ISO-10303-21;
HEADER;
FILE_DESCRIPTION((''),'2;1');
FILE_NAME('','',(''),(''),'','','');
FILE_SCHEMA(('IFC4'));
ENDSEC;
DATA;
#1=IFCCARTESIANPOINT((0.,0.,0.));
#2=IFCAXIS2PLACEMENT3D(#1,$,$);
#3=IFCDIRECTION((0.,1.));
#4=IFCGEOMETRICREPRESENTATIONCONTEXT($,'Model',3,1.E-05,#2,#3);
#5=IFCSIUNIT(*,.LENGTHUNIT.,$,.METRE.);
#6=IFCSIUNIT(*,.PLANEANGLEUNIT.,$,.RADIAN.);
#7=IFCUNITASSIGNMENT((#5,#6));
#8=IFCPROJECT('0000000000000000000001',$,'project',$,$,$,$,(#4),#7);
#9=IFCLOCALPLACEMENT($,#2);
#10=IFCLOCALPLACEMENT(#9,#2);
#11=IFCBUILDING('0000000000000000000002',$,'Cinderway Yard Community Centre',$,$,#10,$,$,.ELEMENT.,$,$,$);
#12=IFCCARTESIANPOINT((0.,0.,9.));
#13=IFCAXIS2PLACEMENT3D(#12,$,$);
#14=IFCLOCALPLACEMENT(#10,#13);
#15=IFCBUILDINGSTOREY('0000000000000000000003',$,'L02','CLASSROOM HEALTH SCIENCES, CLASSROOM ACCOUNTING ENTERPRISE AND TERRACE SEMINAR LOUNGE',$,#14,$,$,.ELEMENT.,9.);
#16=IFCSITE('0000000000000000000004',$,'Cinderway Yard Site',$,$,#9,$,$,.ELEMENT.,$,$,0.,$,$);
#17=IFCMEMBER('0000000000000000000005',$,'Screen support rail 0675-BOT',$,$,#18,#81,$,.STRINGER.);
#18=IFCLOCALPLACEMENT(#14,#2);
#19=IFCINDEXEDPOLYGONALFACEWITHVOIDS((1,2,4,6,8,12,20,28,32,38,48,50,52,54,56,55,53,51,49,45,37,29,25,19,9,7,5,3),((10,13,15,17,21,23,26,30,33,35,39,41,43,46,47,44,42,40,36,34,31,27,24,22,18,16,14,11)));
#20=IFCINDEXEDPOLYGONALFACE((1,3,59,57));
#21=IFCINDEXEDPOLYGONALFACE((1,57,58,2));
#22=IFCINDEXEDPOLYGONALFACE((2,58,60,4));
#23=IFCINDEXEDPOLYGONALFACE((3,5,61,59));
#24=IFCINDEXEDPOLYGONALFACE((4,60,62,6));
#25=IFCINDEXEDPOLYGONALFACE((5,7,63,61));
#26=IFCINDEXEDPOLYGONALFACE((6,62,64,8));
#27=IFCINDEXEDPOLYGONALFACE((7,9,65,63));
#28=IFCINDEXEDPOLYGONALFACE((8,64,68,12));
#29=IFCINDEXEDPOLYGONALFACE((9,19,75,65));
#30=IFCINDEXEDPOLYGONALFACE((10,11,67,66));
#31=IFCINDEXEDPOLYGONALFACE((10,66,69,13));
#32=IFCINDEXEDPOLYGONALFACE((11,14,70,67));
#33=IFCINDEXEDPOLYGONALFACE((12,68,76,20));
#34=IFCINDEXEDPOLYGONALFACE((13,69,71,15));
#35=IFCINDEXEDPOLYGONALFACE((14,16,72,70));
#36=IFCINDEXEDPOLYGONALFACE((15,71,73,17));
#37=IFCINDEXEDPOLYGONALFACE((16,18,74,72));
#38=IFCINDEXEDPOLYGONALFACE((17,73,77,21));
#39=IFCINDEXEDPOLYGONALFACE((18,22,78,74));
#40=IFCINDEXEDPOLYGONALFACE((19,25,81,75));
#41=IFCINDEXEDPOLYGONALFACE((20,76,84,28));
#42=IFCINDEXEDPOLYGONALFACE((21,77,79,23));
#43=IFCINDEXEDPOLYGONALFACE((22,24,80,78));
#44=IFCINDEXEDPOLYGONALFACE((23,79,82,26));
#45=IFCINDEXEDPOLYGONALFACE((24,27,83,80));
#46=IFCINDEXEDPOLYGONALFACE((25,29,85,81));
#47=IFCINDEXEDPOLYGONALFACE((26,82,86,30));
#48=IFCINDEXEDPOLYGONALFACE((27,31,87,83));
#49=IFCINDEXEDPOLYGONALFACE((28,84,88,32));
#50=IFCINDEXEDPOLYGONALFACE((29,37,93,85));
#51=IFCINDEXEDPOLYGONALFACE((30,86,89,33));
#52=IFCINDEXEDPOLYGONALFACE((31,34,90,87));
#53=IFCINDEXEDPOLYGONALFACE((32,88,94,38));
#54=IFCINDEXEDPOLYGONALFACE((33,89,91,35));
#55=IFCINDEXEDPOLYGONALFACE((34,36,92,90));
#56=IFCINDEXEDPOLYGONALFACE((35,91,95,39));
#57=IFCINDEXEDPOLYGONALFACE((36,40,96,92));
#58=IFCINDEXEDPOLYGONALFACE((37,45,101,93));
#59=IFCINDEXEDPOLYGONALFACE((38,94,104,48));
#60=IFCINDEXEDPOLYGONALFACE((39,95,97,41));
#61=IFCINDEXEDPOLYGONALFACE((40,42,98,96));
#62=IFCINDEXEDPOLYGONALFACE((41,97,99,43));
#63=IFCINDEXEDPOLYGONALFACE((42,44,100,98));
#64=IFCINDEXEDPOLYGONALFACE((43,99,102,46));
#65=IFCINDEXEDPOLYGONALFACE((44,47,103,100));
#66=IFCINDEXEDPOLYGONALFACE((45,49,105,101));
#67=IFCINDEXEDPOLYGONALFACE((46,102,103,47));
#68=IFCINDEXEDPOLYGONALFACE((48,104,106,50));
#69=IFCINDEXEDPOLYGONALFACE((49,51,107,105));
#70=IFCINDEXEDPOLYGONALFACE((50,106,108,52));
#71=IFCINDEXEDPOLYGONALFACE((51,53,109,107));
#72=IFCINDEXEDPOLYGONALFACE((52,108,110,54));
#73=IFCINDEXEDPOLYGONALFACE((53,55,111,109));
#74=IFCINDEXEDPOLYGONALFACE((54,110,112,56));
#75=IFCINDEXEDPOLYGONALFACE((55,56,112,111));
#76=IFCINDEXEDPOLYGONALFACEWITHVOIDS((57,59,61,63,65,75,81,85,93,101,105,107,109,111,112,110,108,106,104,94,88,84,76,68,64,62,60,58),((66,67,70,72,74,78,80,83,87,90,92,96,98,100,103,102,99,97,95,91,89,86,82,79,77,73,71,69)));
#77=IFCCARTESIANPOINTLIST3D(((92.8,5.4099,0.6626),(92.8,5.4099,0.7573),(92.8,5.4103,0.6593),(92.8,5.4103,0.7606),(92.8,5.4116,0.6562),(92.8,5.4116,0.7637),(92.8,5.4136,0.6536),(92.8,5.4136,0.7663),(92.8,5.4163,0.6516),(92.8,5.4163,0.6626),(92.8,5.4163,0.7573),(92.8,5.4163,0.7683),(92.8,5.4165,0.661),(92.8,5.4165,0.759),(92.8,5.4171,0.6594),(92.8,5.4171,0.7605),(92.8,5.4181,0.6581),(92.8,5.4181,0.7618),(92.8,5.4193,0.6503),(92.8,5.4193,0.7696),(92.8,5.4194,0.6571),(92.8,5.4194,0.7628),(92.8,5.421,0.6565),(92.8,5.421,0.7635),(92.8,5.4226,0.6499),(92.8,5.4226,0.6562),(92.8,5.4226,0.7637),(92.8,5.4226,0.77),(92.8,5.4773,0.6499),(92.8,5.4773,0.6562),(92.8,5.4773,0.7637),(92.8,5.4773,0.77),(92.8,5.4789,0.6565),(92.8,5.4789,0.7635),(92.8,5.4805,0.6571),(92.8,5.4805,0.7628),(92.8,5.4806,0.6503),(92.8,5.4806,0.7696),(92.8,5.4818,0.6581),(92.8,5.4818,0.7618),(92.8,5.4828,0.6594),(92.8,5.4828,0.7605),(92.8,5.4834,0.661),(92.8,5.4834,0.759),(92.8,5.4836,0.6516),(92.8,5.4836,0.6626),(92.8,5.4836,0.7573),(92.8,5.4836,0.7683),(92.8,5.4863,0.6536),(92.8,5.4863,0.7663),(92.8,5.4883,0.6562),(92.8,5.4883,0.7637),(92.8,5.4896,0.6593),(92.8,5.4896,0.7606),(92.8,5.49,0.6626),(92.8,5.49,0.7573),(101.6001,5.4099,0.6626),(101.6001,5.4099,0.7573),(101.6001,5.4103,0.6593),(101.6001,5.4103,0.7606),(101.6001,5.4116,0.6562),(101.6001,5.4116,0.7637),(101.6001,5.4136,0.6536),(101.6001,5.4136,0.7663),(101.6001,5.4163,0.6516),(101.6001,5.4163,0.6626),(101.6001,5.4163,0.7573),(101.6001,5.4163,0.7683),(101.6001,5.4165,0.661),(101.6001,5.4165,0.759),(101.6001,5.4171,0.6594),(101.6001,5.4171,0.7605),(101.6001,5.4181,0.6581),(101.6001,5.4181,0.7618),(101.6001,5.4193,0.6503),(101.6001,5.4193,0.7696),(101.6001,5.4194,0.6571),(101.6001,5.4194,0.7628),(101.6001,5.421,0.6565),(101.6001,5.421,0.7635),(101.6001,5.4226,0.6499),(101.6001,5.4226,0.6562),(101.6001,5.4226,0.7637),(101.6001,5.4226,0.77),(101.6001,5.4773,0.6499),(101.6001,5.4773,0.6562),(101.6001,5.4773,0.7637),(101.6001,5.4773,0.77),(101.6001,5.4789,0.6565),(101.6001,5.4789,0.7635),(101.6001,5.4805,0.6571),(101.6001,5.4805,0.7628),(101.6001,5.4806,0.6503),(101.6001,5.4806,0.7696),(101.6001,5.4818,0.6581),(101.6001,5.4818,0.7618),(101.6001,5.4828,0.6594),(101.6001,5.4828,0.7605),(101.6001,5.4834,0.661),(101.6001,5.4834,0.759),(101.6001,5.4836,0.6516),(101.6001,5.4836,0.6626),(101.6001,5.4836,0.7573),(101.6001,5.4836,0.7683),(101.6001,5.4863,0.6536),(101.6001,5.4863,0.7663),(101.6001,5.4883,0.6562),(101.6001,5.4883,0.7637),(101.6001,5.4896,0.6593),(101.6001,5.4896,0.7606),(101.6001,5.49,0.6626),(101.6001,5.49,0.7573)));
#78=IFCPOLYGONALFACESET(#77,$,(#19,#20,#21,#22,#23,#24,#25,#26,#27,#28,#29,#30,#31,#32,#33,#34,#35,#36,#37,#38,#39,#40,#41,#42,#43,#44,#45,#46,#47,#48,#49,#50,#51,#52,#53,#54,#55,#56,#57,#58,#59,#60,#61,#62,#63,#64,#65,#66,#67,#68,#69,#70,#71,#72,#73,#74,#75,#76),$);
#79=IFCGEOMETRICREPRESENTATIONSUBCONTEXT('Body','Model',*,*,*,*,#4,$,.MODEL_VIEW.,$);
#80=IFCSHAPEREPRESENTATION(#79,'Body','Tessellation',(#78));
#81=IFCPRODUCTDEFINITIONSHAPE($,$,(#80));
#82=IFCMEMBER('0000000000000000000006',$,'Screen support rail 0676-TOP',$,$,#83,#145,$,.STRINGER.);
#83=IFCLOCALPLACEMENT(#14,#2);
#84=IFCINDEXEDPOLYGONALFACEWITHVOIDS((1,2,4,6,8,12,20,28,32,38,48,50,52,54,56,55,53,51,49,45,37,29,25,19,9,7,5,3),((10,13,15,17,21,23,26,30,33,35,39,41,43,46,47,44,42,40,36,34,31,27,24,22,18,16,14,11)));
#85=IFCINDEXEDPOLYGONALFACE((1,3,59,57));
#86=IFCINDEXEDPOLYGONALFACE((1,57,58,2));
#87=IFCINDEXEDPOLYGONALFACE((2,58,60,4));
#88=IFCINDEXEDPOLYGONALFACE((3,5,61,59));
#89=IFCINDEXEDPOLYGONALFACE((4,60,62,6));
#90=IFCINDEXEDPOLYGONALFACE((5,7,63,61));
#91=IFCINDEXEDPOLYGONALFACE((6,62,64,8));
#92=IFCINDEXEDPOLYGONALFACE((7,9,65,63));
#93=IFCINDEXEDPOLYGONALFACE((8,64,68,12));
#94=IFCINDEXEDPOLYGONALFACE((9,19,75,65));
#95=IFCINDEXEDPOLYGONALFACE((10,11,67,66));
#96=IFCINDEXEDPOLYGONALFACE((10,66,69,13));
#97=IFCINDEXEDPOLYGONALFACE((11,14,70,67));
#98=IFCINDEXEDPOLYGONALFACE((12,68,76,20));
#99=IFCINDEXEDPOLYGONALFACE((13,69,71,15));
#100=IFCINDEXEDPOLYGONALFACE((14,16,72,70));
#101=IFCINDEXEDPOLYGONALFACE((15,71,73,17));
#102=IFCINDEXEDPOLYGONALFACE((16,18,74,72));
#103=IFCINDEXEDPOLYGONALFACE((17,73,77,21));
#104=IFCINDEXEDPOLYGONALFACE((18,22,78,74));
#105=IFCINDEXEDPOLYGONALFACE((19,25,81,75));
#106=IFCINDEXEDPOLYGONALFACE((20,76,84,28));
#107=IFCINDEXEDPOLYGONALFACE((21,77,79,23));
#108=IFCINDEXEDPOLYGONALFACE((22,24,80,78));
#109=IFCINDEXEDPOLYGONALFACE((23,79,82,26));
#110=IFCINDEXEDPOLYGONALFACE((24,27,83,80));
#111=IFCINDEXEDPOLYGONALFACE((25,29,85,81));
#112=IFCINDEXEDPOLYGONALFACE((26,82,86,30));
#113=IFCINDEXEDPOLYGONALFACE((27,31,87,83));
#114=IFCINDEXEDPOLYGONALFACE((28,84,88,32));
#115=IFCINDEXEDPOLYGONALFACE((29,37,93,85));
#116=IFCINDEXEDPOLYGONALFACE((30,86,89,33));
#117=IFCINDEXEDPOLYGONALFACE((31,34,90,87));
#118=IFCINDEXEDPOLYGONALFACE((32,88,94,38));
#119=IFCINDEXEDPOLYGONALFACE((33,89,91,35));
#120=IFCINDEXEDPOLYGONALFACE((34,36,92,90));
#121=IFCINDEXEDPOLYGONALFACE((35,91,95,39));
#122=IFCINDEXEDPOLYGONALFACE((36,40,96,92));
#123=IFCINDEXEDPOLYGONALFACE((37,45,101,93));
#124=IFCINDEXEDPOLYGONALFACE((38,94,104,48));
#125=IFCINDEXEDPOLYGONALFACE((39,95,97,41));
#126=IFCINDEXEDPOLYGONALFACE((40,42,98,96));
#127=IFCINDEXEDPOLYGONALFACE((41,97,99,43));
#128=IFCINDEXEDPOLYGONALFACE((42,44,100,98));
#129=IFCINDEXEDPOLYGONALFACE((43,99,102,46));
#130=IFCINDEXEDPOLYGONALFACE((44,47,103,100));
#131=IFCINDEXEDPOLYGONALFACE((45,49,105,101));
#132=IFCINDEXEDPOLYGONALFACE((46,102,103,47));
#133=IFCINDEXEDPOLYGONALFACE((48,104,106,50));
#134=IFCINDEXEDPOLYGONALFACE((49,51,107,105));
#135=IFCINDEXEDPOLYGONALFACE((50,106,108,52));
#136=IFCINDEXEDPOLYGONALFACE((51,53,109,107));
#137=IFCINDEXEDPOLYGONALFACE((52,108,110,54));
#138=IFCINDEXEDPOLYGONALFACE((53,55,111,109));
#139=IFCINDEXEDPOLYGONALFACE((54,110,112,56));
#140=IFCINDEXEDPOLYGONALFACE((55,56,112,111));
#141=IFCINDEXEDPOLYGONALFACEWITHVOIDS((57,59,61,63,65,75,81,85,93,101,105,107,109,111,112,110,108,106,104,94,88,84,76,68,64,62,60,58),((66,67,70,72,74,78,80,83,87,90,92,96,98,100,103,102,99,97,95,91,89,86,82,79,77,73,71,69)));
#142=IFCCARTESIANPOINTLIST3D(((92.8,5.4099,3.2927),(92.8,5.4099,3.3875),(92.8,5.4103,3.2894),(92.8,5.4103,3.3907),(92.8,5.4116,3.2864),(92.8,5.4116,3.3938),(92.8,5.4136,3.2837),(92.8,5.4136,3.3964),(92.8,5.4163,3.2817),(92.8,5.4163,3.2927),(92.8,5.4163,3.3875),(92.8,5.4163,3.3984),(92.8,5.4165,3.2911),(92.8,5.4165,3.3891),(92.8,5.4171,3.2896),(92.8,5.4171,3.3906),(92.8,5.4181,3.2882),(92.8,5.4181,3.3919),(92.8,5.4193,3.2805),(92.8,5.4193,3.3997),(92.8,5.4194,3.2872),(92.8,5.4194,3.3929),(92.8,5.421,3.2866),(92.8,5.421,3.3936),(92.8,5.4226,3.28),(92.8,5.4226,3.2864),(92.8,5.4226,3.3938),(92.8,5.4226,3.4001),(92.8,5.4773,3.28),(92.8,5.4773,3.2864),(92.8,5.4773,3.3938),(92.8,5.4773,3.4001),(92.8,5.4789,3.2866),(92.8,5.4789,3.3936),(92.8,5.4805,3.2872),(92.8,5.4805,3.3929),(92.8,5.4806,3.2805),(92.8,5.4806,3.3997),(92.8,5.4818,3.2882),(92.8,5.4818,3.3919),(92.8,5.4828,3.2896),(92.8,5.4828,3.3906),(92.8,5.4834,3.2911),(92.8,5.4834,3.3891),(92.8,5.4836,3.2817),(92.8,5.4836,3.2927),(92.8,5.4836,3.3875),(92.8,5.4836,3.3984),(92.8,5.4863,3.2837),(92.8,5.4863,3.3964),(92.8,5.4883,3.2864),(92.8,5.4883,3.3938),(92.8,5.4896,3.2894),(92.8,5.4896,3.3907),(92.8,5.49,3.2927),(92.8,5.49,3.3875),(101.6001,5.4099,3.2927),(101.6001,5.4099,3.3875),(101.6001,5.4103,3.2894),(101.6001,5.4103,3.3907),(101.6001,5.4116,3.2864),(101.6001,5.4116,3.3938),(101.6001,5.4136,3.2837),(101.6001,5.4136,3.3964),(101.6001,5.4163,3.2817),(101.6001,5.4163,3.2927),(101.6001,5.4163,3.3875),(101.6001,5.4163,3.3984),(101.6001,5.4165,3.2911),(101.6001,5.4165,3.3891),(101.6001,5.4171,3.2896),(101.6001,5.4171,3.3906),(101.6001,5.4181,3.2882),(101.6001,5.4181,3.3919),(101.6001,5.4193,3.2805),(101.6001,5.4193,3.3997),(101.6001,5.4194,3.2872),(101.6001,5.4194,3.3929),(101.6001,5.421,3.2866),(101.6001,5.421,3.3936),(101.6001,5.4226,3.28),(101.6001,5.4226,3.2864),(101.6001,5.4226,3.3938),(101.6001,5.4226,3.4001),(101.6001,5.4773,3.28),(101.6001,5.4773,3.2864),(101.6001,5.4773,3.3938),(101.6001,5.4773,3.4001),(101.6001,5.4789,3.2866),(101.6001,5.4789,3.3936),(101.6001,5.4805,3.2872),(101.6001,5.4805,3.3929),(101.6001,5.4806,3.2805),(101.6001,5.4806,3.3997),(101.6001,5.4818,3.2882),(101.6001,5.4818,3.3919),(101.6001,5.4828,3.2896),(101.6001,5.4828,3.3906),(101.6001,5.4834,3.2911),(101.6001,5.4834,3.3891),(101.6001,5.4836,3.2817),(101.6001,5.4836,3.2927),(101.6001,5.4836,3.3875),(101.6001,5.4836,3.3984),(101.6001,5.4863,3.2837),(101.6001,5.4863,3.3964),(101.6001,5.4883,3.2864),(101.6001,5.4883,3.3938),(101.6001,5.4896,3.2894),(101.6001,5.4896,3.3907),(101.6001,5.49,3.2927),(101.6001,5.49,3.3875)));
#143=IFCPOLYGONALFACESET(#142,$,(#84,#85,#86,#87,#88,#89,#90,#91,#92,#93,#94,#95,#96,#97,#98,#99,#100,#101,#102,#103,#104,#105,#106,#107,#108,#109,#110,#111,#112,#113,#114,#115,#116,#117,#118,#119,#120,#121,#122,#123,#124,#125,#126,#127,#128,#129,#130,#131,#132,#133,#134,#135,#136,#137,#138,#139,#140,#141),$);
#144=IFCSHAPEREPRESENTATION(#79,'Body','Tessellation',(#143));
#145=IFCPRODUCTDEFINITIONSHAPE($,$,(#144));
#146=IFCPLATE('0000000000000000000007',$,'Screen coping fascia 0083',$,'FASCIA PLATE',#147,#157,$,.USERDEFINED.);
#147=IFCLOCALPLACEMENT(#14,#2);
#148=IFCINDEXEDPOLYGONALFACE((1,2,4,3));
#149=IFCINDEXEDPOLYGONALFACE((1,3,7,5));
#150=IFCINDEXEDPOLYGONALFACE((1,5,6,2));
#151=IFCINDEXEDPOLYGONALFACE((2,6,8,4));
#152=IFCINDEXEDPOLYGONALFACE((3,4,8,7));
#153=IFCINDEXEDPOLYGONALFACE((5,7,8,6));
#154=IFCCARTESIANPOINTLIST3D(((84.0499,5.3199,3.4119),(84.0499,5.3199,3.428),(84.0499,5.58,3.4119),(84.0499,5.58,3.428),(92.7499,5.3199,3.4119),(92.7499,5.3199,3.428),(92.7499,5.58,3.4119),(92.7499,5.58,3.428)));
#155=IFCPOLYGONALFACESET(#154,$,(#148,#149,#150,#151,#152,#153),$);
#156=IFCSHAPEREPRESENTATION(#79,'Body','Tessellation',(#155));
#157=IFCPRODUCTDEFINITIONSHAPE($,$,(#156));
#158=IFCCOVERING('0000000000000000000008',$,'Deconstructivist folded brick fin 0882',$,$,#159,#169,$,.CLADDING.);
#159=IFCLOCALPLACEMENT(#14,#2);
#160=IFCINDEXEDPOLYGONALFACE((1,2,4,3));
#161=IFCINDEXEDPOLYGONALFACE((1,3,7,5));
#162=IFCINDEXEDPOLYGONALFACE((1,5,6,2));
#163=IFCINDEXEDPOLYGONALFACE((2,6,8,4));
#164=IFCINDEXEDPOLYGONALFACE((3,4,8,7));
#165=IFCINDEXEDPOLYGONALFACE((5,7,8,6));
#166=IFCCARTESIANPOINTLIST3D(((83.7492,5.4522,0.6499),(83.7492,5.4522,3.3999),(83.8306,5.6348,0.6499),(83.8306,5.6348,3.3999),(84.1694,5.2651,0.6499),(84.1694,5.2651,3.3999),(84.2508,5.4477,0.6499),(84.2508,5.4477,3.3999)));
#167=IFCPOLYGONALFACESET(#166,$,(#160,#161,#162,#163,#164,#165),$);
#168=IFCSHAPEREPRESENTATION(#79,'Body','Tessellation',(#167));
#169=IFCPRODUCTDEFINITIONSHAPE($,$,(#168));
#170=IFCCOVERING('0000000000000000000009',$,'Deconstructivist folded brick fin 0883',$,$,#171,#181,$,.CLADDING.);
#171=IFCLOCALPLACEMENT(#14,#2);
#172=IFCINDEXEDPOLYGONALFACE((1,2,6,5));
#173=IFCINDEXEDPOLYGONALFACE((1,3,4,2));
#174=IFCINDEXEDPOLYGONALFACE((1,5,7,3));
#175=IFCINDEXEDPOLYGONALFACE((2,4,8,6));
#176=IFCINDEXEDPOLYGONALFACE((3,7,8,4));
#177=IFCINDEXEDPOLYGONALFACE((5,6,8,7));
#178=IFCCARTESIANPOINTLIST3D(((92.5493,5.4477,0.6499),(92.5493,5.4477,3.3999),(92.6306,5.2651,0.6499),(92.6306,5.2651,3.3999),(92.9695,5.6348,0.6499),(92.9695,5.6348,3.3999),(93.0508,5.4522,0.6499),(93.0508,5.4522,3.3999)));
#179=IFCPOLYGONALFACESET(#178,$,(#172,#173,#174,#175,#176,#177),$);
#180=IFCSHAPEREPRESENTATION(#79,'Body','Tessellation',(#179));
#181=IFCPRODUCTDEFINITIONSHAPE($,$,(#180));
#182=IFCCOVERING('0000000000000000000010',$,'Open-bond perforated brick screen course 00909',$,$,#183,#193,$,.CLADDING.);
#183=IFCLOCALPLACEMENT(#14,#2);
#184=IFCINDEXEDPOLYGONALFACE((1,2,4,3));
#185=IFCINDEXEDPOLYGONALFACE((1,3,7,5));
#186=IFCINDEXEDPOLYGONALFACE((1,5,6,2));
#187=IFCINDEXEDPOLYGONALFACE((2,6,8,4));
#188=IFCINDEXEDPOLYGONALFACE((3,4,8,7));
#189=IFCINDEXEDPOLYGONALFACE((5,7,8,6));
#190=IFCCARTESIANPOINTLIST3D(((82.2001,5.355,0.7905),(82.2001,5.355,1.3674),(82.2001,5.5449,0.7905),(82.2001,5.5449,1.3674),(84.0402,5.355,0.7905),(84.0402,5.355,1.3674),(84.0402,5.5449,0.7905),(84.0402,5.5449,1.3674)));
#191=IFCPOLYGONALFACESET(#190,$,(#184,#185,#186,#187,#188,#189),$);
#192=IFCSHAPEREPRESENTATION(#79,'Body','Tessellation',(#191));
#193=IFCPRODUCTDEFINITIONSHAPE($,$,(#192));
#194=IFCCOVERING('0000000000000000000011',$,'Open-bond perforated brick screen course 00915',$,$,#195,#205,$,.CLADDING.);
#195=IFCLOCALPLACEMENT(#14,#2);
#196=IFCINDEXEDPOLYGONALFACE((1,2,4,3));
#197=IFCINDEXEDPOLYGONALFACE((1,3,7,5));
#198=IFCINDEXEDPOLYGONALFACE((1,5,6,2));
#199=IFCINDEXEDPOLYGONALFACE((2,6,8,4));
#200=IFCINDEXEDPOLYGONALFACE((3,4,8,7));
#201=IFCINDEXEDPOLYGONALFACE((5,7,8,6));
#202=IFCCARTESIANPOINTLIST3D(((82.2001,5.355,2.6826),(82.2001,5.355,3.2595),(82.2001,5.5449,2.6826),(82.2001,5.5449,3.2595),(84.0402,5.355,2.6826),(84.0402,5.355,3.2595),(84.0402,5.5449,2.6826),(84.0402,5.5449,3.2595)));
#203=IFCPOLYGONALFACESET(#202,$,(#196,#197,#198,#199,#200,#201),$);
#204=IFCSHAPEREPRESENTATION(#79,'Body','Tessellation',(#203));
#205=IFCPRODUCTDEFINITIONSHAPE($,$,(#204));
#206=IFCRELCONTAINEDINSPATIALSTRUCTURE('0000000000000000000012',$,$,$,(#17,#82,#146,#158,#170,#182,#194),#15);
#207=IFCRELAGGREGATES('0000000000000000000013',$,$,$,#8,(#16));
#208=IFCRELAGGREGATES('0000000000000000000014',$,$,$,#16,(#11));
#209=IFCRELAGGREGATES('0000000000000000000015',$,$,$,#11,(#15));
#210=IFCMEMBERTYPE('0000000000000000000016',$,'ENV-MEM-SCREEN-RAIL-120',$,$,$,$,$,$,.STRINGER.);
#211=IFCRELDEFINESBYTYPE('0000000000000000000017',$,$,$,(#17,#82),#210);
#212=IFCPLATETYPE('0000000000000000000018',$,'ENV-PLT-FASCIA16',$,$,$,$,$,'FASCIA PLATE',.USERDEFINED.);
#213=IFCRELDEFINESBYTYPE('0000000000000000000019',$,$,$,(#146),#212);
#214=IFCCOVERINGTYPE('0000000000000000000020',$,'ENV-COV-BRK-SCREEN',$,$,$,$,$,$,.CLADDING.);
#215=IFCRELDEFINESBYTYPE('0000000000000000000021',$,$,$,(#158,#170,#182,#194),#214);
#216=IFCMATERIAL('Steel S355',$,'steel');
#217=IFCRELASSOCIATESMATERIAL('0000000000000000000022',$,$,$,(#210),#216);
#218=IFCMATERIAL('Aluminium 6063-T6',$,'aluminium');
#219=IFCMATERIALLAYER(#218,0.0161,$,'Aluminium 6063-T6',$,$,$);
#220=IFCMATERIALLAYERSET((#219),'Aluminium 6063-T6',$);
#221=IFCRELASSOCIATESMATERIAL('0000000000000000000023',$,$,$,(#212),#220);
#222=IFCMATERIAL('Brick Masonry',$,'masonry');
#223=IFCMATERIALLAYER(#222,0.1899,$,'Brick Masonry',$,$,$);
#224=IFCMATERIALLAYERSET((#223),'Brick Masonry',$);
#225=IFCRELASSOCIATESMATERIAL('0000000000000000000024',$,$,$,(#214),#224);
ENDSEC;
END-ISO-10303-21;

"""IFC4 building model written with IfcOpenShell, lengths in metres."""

from ifc_helpers import new_model, si_unit, direction, frame, origin, origin_2d, place, context, subcontext, project, spatial, rectangle, hollow_rectangle, extrude, material, layer, layer_set, material_profile, profile_set, type_object, element, save


model = new_model("IFC4")

# Units and contexts
model_context = context("Model", 3, precision=1e-05, world=origin(), true_north=direction((0.0, 1.0)))
body_context = subcontext(model_context, "Body", "Model", "MODEL_VIEW")
ifc_project = project(units=[si_unit("LENGTHUNIT", "METRE"), si_unit("PLANEANGLEUNIT", "RADIAN")], contexts=[model_context])

# Site, building, storey
site_placement = place(None, origin())
site = spatial("IfcSite", under=ifc_project, at=site_placement, Name="Cinderway Yard Site", CompositionType="ELEMENT", RefElevation=0.0)
building_placement = place(site_placement, origin())
building = spatial("IfcBuilding", under=site, at=building_placement, Name="Cinderway Yard Community Centre", CompositionType="ELEMENT")
storey_placement = place(building_placement, frame((0.0, 0.0, 9.0)))
storey = spatial("IfcBuildingStorey", under=building, at=storey_placement, Name="L02", Description="CLASSROOM HEALTH SCIENCES, CLASSROOM ACCOUNTING ENTERPRISE AND TERRACE SEMINAR LOUNGE", CompositionType="ELEMENT", Elevation=9.0)

# Members
ifc_material_1 = material(Name="Steel S355", Category="steel")
ifc_material_profile = material_profile(ifc_material_1, hollow_rectangle(XDim=0.0801, YDim=0.1201, WallThickness=0.0063, InnerFilletRadius=0.0063, OuterFilletRadius=0.0127, at=origin_2d()), Name="Steel S355")
ifc_profile_set = profile_set([ifc_material_profile], Name="Steel S355")
member_type = type_object("IfcMemberType", Name="ENV-MEM-SCREEN-RAIL-120", PredefinedType="STRINGER", material=ifc_profile_set)
for number, where, z_axis, x_axis, name in (
    (1, (92.8, 5.45, 0.71), (1.0, 0.0, 0.0), (0.0, 1.0, 0.0), "Screen support rail 0675-BOT"),
    (2, (92.8, 5.45, 3.3401), (1.0, 0.0, 0.0), (0.0, 1.0, 0.0), "Screen support rail 0676-TOP"),
):
    element("IfcMember", number, at=place(storey_placement, frame(where, z_axis=z_axis, x_axis=x_axis)), inside=storey, type_object=member_type, Name=name, PredefinedType="STRINGER", context=body_context, shape_type="SweptSolid", body=[
        extrude(hollow_rectangle(XDim=0.0801, YDim=0.1201, WallThickness=0.0063, InnerFilletRadius=0.0063, OuterFilletRadius=0.0127, at=origin_2d()), origin(), (0.0, 0.0, 1.0), 8.8),
    ])

# Plate
ifc_material_2 = material(Name="Aluminium 6063-T6", Category="aluminium")
ifc_layer_1 = layer(ifc_material_2, 0.0161, Name="Aluminium 6063-T6")
ifc_layer_set_1 = layer_set([ifc_layer_1], Name="Aluminium 6063-T6")
plate_type = type_object("IfcPlateType", Name="ENV-PLT-FASCIA16", ElementType="FASCIA PLATE", PredefinedType="USERDEFINED", material=ifc_layer_set_1)
plate_placement = place(storey_placement, frame((88.3999, 5.45, 3.4119), z_axis=(0.0, 0.0, 1.0), x_axis=(-1.0, 0.0, 0.0)))
element("IfcPlate", 3, at=plate_placement, inside=storey, type_object=plate_type, Name="Screen coping fascia 0083", ObjectType="FASCIA PLATE", PredefinedType="USERDEFINED", context=body_context, shape_type="SweptSolid", body=[
    extrude(rectangle(XDim=8.7, YDim=0.26, at=origin_2d()), origin(), (0.0, 0.0, 1.0), 0.0161),
])

# Coverings
ifc_material_3 = material(Name="Brick Masonry", Category="masonry")
ifc_layer_2 = layer(ifc_material_3, 0.1899, Name="Brick Masonry")
ifc_layer_set_2 = layer_set([ifc_layer_2], Name="Brick Masonry")
covering_type = type_object("IfcCoveringType", Name="ENV-COV-BRK-SCREEN", PredefinedType="CLADDING", material=ifc_layer_set_2)
for number, where, z_axis, x_axis, name in (
    (4, (84.0, 5.45, 0.6499), (0.0, 0.0, 1.0), (-0.913545, 0.406737, 0.0), "Deconstructivist folded brick fin 0882"),
    (5, (92.8, 5.45, 0.6499), (0.0, 0.0, 1.0), (-0.913545, -0.406737, 0.0), "Deconstructivist folded brick fin 0883"),
):
    element("IfcCovering", number, at=place(storey_placement, frame(where, z_axis=z_axis, x_axis=x_axis)), inside=storey, type_object=covering_type, Name=name, PredefinedType="CLADDING", context=body_context, shape_type="SweptSolid", body=[
        extrude(rectangle(XDim=0.46, YDim=0.2, at=origin_2d()), origin(), (0.0, 0.0, 1.0), 2.75),
    ])
for number, where, z_axis, x_axis, name in (
    (6, (83.1201, 5.45, 0.7905), (0.0, 0.0, 1.0), (-1.0, 0.0, 0.0), "Open-bond perforated brick screen course 00909"),
    (7, (83.1201, 5.45, 2.6826), (0.0, 0.0, 1.0), (-1.0, 0.0, 0.0), "Open-bond perforated brick screen course 00915"),
):
    element("IfcCovering", number, at=place(storey_placement, frame(where, z_axis=z_axis, x_axis=x_axis)), inside=storey, type_object=covering_type, Name=name, PredefinedType="CLADDING", context=body_context, shape_type="SweptSolid", body=[
        extrude(rectangle(XDim=1.8401, YDim=0.1899, at=origin_2d()), origin(), (0.0, 0.0, 1.0), 0.5769),
    ])

save(model, "model.ifc")
